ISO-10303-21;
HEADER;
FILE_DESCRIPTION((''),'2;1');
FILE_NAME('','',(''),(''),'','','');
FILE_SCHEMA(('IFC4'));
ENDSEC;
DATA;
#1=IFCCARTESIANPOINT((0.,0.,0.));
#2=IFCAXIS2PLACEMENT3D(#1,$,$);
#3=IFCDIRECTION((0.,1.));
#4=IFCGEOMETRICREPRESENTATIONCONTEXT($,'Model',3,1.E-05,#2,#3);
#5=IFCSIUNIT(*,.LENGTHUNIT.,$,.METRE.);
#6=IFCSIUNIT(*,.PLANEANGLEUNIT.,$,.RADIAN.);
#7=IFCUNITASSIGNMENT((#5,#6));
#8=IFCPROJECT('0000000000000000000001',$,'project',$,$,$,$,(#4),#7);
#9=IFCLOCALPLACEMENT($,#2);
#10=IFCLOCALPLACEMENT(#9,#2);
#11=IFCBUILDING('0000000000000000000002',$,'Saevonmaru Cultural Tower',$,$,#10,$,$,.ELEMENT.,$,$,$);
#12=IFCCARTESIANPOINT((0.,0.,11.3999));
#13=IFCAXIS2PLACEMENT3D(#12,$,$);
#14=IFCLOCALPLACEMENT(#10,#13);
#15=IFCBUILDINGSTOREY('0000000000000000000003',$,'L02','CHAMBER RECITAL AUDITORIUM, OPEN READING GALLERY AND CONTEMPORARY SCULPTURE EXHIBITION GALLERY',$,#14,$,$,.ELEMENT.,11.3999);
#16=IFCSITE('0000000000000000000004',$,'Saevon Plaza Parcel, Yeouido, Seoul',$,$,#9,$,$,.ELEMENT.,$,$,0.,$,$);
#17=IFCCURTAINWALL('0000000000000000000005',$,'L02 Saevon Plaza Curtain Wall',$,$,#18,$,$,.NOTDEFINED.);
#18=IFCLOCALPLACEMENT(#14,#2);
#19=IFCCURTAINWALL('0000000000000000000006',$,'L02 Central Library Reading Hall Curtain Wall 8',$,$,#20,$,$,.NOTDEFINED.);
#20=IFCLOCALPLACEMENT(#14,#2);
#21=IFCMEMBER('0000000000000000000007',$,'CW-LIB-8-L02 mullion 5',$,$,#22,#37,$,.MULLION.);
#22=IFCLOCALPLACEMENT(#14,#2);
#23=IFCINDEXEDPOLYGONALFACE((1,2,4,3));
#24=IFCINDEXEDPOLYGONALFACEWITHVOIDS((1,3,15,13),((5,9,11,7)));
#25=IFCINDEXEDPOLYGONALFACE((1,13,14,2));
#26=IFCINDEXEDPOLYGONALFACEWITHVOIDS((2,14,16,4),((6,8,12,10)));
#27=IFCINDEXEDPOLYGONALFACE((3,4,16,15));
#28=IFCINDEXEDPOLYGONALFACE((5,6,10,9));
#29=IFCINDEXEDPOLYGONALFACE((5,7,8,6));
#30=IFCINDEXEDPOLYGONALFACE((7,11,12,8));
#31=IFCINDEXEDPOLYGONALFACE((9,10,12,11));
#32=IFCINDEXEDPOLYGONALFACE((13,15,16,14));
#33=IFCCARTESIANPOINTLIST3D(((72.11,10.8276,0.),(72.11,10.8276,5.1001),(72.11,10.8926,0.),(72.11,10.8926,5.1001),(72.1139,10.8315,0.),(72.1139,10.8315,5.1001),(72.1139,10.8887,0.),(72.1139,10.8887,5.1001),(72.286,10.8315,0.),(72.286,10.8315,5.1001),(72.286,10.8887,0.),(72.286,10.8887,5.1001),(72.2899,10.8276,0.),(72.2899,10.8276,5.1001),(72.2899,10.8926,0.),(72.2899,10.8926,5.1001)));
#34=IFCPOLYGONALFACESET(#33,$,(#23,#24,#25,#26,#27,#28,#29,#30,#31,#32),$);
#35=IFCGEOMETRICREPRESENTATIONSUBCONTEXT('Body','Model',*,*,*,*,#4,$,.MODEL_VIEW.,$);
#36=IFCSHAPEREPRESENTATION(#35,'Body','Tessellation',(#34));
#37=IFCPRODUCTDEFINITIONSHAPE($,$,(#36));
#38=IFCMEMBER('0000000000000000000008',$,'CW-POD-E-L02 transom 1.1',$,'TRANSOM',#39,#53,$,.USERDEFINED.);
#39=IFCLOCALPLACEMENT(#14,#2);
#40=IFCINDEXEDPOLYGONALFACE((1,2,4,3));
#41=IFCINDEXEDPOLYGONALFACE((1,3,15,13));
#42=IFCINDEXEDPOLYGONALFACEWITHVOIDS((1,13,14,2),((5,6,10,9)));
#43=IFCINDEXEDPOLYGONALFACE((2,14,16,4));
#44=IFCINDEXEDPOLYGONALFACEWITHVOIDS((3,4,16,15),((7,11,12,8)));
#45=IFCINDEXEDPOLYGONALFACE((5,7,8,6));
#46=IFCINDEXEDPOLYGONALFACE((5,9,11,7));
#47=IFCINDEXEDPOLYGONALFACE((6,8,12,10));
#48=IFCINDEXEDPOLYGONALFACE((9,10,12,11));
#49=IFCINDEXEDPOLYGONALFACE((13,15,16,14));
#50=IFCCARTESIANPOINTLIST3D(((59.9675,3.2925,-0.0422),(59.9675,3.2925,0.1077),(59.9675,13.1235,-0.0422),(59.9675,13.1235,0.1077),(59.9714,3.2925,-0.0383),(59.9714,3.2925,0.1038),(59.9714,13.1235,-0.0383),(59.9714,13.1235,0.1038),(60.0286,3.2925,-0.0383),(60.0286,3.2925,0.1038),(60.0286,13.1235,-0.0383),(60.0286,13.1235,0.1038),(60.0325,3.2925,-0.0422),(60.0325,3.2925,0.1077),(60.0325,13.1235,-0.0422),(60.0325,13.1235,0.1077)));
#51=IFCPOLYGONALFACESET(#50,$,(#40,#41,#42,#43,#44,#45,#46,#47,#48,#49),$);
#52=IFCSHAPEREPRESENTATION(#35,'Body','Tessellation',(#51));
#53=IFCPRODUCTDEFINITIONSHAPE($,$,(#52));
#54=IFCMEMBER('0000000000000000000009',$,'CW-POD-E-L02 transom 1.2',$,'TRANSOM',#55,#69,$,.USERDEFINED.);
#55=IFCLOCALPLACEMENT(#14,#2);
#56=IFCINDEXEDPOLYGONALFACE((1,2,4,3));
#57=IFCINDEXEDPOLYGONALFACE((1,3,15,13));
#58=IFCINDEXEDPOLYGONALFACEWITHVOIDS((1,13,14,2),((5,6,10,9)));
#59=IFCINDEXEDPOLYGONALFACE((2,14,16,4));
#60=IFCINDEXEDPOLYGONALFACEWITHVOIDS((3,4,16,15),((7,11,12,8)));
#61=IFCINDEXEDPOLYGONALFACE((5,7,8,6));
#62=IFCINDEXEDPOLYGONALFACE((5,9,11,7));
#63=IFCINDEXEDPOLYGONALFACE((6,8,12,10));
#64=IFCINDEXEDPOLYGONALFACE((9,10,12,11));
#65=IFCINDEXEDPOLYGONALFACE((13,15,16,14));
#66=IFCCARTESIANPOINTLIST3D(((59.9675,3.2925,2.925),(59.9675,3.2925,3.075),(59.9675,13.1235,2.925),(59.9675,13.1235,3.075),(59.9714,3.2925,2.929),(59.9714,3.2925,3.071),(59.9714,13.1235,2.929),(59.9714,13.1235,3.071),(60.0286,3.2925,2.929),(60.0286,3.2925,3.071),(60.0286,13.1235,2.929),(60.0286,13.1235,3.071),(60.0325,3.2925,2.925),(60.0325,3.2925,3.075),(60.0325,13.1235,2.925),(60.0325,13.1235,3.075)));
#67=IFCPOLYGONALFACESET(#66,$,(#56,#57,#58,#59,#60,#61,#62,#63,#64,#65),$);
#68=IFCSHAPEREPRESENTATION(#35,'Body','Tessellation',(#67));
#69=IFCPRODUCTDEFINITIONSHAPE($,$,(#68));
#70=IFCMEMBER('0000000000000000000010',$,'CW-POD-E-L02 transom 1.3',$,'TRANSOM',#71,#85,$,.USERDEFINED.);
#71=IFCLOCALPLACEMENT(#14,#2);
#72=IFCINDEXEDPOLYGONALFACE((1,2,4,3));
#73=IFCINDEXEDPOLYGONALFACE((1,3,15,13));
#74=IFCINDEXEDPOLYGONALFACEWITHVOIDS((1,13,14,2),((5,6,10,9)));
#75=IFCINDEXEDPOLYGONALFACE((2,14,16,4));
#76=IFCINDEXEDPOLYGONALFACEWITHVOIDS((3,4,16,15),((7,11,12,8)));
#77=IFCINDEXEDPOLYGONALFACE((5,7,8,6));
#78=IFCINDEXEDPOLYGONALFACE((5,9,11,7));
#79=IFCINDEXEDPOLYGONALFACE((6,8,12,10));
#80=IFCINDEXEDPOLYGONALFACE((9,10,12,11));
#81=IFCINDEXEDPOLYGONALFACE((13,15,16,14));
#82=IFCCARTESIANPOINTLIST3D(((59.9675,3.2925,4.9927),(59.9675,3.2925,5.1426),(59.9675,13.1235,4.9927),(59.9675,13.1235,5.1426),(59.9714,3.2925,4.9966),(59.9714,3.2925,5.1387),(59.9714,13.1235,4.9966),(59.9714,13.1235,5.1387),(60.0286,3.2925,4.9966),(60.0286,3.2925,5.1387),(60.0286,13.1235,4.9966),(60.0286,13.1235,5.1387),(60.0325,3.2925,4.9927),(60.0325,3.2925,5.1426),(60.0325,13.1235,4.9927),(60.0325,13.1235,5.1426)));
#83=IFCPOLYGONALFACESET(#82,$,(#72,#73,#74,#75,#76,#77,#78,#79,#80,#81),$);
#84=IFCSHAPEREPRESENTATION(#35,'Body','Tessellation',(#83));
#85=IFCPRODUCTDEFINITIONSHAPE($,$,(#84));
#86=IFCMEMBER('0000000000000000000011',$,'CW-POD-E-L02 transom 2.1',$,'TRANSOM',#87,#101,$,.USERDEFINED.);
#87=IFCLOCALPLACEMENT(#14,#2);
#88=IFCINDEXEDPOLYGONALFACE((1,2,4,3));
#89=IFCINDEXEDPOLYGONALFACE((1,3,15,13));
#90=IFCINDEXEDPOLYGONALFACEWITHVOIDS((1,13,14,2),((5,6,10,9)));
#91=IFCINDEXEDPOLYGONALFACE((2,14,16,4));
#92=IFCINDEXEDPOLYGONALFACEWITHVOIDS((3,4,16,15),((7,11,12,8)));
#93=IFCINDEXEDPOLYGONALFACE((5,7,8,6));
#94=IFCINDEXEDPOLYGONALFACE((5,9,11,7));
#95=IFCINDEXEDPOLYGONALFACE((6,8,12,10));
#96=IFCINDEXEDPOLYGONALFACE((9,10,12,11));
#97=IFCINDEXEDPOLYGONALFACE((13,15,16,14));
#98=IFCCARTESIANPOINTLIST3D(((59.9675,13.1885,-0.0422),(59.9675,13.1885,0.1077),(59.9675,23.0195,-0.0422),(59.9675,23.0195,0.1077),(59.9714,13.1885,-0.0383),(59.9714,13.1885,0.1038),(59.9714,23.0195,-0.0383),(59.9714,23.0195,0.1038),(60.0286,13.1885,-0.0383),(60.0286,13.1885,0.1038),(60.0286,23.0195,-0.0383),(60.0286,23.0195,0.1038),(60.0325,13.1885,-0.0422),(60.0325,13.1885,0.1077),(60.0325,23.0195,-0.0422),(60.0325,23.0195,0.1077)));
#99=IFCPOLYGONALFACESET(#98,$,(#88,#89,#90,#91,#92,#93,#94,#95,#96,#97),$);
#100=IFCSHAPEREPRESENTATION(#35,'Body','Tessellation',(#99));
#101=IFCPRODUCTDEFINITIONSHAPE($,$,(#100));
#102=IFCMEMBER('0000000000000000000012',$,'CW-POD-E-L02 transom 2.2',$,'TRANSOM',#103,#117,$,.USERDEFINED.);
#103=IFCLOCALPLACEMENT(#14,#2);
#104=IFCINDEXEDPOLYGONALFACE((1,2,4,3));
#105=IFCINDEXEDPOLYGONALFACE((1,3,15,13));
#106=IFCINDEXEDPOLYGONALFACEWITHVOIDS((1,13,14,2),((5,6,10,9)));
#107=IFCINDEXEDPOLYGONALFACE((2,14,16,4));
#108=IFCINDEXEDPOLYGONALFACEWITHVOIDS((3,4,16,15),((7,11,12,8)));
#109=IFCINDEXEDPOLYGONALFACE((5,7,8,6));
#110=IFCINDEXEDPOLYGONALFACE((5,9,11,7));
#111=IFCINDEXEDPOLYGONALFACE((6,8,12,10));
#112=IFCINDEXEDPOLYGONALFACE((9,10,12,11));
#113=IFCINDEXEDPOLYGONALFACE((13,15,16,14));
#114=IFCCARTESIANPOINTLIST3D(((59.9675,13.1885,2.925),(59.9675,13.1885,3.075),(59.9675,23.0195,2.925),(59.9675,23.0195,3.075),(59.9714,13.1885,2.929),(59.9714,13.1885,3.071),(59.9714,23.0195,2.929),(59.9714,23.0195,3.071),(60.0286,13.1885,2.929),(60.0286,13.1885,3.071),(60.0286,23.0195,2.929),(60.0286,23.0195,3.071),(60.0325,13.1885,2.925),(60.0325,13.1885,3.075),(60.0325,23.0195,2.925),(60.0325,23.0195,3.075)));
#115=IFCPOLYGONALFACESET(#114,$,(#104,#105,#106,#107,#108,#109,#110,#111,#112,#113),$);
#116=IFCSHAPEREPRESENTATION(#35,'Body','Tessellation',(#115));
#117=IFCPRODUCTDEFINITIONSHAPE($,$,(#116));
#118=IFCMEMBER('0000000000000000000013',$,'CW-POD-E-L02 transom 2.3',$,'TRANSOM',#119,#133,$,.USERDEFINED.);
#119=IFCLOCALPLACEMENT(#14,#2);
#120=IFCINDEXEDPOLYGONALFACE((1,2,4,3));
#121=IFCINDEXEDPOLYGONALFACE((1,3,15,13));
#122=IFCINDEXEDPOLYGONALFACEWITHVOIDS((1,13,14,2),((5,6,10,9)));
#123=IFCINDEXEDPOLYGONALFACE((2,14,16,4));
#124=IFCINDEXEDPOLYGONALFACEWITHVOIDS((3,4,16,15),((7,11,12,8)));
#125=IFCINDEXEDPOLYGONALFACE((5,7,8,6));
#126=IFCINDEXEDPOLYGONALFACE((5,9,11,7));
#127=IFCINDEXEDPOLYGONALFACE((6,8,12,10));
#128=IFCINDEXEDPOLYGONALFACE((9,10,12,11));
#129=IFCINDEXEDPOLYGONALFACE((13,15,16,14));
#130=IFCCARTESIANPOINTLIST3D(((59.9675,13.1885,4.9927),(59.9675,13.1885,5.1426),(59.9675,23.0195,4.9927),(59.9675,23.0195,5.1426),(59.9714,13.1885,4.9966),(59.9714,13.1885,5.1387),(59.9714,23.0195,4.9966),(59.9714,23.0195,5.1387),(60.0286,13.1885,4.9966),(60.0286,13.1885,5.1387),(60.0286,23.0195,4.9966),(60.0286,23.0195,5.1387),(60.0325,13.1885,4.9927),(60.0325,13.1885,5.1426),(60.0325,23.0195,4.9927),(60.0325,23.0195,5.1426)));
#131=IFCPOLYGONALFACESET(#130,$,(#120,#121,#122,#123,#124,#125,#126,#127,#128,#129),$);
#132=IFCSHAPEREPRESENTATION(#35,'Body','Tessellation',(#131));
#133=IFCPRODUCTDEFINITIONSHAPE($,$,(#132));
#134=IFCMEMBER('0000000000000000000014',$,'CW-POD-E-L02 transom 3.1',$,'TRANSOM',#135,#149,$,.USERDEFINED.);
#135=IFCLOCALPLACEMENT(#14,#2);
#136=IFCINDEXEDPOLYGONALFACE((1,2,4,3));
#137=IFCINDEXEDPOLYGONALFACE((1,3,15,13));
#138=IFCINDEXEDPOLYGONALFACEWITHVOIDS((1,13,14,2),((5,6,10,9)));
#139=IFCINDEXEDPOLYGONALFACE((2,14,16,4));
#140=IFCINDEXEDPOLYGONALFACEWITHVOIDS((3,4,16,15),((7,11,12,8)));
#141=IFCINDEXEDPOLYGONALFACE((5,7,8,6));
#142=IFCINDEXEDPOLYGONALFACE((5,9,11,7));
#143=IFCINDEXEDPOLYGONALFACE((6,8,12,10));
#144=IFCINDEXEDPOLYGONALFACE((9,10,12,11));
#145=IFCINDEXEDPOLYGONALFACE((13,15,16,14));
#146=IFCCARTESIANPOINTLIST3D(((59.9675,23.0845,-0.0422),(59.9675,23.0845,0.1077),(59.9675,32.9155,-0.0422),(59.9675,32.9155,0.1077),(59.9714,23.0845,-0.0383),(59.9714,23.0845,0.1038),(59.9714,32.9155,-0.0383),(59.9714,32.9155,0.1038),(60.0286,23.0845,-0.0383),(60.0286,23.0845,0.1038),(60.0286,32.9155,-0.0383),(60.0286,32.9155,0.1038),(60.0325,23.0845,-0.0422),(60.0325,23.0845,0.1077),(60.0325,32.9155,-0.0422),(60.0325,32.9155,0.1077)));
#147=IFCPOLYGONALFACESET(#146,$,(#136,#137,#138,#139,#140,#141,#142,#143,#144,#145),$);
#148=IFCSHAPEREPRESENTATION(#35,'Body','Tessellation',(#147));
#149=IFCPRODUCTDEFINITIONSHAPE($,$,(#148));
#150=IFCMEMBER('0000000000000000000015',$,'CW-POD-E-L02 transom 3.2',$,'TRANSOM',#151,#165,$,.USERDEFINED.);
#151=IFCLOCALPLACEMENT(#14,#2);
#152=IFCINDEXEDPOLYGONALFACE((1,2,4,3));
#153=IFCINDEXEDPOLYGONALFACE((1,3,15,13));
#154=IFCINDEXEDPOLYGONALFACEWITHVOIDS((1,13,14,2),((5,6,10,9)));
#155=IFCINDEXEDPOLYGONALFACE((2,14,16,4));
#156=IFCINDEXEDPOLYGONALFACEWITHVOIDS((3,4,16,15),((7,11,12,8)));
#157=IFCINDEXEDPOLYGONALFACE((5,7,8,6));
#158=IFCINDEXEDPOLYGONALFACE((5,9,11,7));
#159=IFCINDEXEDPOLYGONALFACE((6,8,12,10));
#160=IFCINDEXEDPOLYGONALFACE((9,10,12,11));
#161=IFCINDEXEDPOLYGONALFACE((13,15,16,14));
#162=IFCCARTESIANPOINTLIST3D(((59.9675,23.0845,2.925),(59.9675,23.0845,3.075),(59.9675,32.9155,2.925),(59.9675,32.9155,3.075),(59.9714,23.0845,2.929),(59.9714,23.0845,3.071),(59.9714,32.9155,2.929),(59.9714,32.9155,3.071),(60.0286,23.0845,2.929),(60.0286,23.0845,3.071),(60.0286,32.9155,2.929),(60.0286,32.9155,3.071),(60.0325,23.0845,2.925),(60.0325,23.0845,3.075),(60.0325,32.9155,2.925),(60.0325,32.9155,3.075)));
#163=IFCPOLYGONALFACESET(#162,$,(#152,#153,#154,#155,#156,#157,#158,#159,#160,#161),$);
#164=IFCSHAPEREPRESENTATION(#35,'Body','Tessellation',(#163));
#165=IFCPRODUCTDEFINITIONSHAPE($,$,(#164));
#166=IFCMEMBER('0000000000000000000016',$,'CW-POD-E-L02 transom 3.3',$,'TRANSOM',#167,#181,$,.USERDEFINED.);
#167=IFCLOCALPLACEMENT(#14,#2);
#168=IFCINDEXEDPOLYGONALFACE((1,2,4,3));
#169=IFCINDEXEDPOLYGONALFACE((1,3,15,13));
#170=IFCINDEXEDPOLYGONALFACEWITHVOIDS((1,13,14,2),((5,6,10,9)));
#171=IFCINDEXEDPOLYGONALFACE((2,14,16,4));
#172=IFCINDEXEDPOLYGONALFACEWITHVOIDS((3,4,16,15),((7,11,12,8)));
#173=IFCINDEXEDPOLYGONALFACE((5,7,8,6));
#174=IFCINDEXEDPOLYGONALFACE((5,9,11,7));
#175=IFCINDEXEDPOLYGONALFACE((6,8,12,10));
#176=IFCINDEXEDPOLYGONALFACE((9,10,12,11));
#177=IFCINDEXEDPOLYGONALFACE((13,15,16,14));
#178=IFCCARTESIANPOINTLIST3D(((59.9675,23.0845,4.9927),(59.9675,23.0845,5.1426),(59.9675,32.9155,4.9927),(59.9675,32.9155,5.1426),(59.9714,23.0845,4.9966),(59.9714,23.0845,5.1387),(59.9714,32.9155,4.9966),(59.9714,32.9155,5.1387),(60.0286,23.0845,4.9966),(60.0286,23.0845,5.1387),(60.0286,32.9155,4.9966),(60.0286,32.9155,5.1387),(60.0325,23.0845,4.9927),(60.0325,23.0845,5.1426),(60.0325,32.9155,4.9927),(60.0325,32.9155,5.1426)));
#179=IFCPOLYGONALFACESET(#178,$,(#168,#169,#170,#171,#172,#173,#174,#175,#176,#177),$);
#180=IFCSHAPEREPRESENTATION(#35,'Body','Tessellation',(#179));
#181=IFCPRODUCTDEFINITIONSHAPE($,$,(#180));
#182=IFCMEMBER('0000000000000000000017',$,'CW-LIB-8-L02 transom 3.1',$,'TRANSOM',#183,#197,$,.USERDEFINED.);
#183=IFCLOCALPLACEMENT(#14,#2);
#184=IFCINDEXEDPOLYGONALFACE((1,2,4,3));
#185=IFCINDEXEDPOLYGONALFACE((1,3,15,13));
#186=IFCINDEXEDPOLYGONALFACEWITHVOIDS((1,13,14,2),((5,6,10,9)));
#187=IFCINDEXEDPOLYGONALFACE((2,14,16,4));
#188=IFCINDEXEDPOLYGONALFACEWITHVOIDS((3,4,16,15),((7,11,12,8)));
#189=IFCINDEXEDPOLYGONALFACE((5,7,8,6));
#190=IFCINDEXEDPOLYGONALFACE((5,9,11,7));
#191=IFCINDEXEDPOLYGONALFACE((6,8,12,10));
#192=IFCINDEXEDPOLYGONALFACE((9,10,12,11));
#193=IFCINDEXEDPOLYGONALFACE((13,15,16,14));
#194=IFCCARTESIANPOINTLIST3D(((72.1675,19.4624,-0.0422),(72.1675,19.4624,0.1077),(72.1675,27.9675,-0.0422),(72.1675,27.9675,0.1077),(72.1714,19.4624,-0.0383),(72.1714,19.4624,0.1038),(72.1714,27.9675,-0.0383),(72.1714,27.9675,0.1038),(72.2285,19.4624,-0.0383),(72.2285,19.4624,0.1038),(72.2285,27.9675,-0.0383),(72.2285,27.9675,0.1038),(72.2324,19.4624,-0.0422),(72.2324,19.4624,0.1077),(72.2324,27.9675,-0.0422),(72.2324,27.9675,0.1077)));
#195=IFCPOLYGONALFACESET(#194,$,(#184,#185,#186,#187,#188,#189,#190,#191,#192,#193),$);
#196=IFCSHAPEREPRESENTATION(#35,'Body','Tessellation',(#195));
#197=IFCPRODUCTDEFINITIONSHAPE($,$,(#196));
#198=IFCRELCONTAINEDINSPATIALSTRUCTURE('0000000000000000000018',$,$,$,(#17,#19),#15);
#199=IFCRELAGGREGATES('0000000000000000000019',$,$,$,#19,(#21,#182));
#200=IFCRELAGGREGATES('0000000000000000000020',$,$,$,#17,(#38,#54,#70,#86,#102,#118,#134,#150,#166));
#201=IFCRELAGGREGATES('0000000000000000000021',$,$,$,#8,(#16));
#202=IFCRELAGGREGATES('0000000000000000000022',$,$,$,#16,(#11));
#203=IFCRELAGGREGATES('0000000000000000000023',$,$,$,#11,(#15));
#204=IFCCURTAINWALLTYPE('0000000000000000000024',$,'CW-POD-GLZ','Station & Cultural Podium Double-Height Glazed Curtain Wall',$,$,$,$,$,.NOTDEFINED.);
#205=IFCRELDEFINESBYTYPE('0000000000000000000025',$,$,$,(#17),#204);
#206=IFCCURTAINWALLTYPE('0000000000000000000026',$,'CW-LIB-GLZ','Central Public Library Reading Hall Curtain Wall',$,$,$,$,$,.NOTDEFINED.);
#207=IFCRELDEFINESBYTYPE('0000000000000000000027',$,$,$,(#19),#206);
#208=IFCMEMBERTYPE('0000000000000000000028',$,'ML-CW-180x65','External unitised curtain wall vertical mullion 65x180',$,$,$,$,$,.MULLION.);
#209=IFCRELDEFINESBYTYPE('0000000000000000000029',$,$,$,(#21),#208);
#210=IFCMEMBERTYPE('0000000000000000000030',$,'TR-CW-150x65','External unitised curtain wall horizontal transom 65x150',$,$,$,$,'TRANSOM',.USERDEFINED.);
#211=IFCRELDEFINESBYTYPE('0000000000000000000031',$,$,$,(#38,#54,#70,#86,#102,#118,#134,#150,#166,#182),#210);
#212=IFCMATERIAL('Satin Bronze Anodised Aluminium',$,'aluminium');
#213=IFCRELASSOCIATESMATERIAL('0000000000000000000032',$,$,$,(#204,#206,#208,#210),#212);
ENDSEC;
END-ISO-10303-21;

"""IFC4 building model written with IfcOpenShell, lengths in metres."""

from ifc_helpers import new_model, si_unit, direction, frame, origin, origin_2d, place, context, subcontext, project, spatial, hollow_rectangle, extrude, material, material_profile, profile_set, type_object, element, aggregate, save


model = new_model("IFC4")

# Units and contexts
model_context = context("Model", 3, precision=1e-05, world=origin(), true_north=direction((0.0, 1.0)))
body_context = subcontext(model_context, "Body", "Model", "MODEL_VIEW")
ifc_project = project(units=[si_unit("LENGTHUNIT", "METRE"), si_unit("PLANEANGLEUNIT", "RADIAN")], contexts=[model_context])

# Site, building, storey
site_placement = place(None, origin())
site = spatial("IfcSite", under=ifc_project, at=site_placement, Name="Saevon Plaza Parcel, Yeouido, Seoul", CompositionType="ELEMENT", RefElevation=0.0)
building_placement = place(site_placement, origin())
building = spatial("IfcBuilding", under=site, at=building_placement, Name="Saevonmaru Cultural Tower", CompositionType="ELEMENT")
storey_placement = place(building_placement, frame((0.0, 0.0, 11.3999)))
storey = spatial("IfcBuildingStorey", under=building, at=storey_placement, Name="L02", Description="CHAMBER RECITAL AUDITORIUM, OPEN READING GALLERY AND CONTEMPORARY SCULPTURE EXHIBITION GALLERY", CompositionType="ELEMENT", Elevation=11.3999)

# Shared definitions
ifc_material_1 = material(Name="Satin Bronze Anodised Aluminium", Category="aluminium")
curtain_wall_type_1 = type_object("IfcCurtainWallType", Name="CW-POD-GLZ", Description="Station & Cultural Podium Double-Height Glazed Curtain Wall", PredefinedType="NOTDEFINED", material=ifc_material_1)
ifc_material_profile_1 = material_profile(ifc_material_1, hollow_rectangle(XDim=0.0649, YDim=0.1799, WallThickness=0.0039, at=origin_2d()), Name="ALU-MULL-180x65x4")
ifc_profile_set_1 = profile_set([ifc_material_profile_1], Name="Satin Bronze Anodised Aluminium")
member_type_1 = type_object("IfcMemberType", Name="ML-CW-180x65", Description="External unitised curtain wall vertical mullion 65x180", PredefinedType="MULLION", material=ifc_profile_set_1)

# Curtain walls, member
curtain_wall_1_placement = place(storey_placement, origin())
curtain_wall_1 = element("IfcCurtainWall", 1, at=curtain_wall_1_placement, inside=storey, type_object=curtain_wall_type_1, Name="L02 Saevon Plaza Curtain Wall", PredefinedType="NOTDEFINED")
curtain_wall_type_2 = type_object("IfcCurtainWallType", Name="CW-LIB-GLZ", Description="Central Public Library Reading Hall Curtain Wall", PredefinedType="NOTDEFINED", material=ifc_material_1)
curtain_wall_2_placement = place(storey_placement, origin())
curtain_wall_2 = element("IfcCurtainWall", 2, at=curtain_wall_2_placement, inside=storey, type_object=curtain_wall_type_2, Name="L02 Central Library Reading Hall Curtain Wall 8", PredefinedType="NOTDEFINED")
member_1_placement = place(storey_placement, frame((72.2, 10.8601, 0.0), z_axis=(0.0, 0.0, 1.0), x_axis=(0.0, -1.0, 0.0)))
member_1 = element("IfcMember", 3, at=member_1_placement, type_object=member_type_1, Name="CW-LIB-8-L02 mullion 5", PredefinedType="MULLION", context=body_context, shape_type="SweptSolid", body=[
    extrude(hollow_rectangle(XDim=0.0649, YDim=0.1799, WallThickness=0.0039, at=origin_2d()), origin(), (0.0, 0.0, 1.0), 5.1001),
])

# Members
ifc_material_profile_2 = material_profile(ifc_material_1, hollow_rectangle(XDim=0.0649, YDim=0.1499, WallThickness=0.0039, at=origin_2d()), Name="ALU-TRAN-150x65x4")
ifc_profile_set_2 = profile_set([ifc_material_profile_2], Name="Satin Bronze Anodised Aluminium")
member_type_2 = type_object("IfcMemberType", Name="TR-CW-150x65", Description="External unitised curtain wall horizontal transom 65x150", ElementType="TRANSOM", PredefinedType="USERDEFINED", material=ifc_profile_set_2)
member_2_placement = place(storey_placement, frame((60.0, 3.2925, 0.0327), z_axis=(0.0, 1.0, 0.0), x_axis=(-1.0, 0.0, 0.0)))
member_2 = element("IfcMember", 4, at=member_2_placement, type_object=member_type_2, Name="CW-POD-E-L02 transom 1.1", ObjectType="TRANSOM", PredefinedType="USERDEFINED", context=body_context, shape_type="SweptSolid", body=[
    extrude(hollow_rectangle(XDim=0.0649, YDim=0.1499, WallThickness=0.0039, at=origin_2d()), origin(), (0.0, 0.0, 1.0), 9.8311),
])
member_3_placement = place(storey_placement, frame((60.0, 3.2925, 3.0), z_axis=(0.0, 1.0, 0.0), x_axis=(-1.0, 0.0, 0.0)))
member_3 = element("IfcMember", 5, at=member_3_placement, type_object=member_type_2, Name="CW-POD-E-L02 transom 1.2", ObjectType="TRANSOM", PredefinedType="USERDEFINED", context=body_context, shape_type="SweptSolid", body=[
    extrude(hollow_rectangle(XDim=0.0649, YDim=0.1499, WallThickness=0.0039, at=origin_2d()), origin(), (0.0, 0.0, 1.0), 9.8311),
])
member_4_placement = place(storey_placement, frame((60.0, 3.2925, 5.0676), z_axis=(0.0, 1.0, 0.0), x_axis=(-1.0, 0.0, 0.0)))
member_4 = element("IfcMember", 6, at=member_4_placement, type_object=member_type_2, Name="CW-POD-E-L02 transom 1.3", ObjectType="TRANSOM", PredefinedType="USERDEFINED", context=body_context, shape_type="SweptSolid", body=[
    extrude(hollow_rectangle(XDim=0.0649, YDim=0.1499, WallThickness=0.0039, at=origin_2d()), origin(), (0.0, 0.0, 1.0), 9.8311),
])
member_5_placement = place(storey_placement, frame((60.0, 13.1885, 0.0327), z_axis=(0.0, 1.0, 0.0), x_axis=(-1.0, 0.0, 0.0)))
member_5 = element("IfcMember", 7, at=member_5_placement, type_object=member_type_2, Name="CW-POD-E-L02 transom 2.1", ObjectType="TRANSOM", PredefinedType="USERDEFINED", context=body_context, shape_type="SweptSolid", body=[
    extrude(hollow_rectangle(XDim=0.0649, YDim=0.1499, WallThickness=0.0039, at=origin_2d()), origin(), (0.0, 0.0, 1.0), 9.8311),
])
member_6_placement = place(storey_placement, frame((60.0, 13.1885, 3.0), z_axis=(0.0, 1.0, 0.0), x_axis=(-1.0, 0.0, 0.0)))
member_6 = element("IfcMember", 8, at=member_6_placement, type_object=member_type_2, Name="CW-POD-E-L02 transom 2.2", ObjectType="TRANSOM", PredefinedType="USERDEFINED", context=body_context, shape_type="SweptSolid", body=[
    extrude(hollow_rectangle(XDim=0.0649, YDim=0.1499, WallThickness=0.0039, at=origin_2d()), origin(), (0.0, 0.0, 1.0), 9.8311),
])
member_7_placement = place(storey_placement, frame((60.0, 13.1885, 5.0676), z_axis=(0.0, 1.0, 0.0), x_axis=(-1.0, 0.0, 0.0)))
member_7 = element("IfcMember", 9, at=member_7_placement, type_object=member_type_2, Name="CW-POD-E-L02 transom 2.3", ObjectType="TRANSOM", PredefinedType="USERDEFINED", context=body_context, shape_type="SweptSolid", body=[
    extrude(hollow_rectangle(XDim=0.0649, YDim=0.1499, WallThickness=0.0039, at=origin_2d()), origin(), (0.0, 0.0, 1.0), 9.8311),
])
member_8_placement = place(storey_placement, frame((60.0, 23.0845, 0.0327), z_axis=(0.0, 1.0, 0.0), x_axis=(-1.0, 0.0, 0.0)))
member_8 = element("IfcMember", 10, at=member_8_placement, type_object=member_type_2, Name="CW-POD-E-L02 transom 3.1", ObjectType="TRANSOM", PredefinedType="USERDEFINED", context=body_context, shape_type="SweptSolid", body=[
    extrude(hollow_rectangle(XDim=0.0649, YDim=0.1499, WallThickness=0.0039, at=origin_2d()), origin(), (0.0, 0.0, 1.0), 9.8311),
])
member_9_placement = place(storey_placement, frame((60.0, 23.0845, 3.0), z_axis=(0.0, 1.0, 0.0), x_axis=(-1.0, 0.0, 0.0)))
member_9 = element("IfcMember", 11, at=member_9_placement, type_object=member_type_2, Name="CW-POD-E-L02 transom 3.2", ObjectType="TRANSOM", PredefinedType="USERDEFINED", context=body_context, shape_type="SweptSolid", body=[
    extrude(hollow_rectangle(XDim=0.0649, YDim=0.1499, WallThickness=0.0039, at=origin_2d()), origin(), (0.0, 0.0, 1.0), 9.8311),
])
member_10_placement = place(storey_placement, frame((60.0, 23.0845, 5.0676), z_axis=(0.0, 1.0, 0.0), x_axis=(-1.0, 0.0, 0.0)))
member_10 = element("IfcMember", 12, at=member_10_placement, type_object=member_type_2, Name="CW-POD-E-L02 transom 3.3", ObjectType="TRANSOM", PredefinedType="USERDEFINED", context=body_context, shape_type="SweptSolid", body=[
    extrude(hollow_rectangle(XDim=0.0649, YDim=0.1499, WallThickness=0.0039, at=origin_2d()), origin(), (0.0, 0.0, 1.0), 9.8311),
])
member_11_placement = place(storey_placement, frame((72.2, 27.9675, 0.0327), z_axis=(0.0, -1.0, 0.0), x_axis=(1.0, 0.0, 0.0)))
member_11 = element("IfcMember", 13, at=member_11_placement, type_object=member_type_2, Name="CW-LIB-8-L02 transom 3.1", ObjectType="TRANSOM", PredefinedType="USERDEFINED", context=body_context, shape_type="SweptSolid", body=[
    extrude(hollow_rectangle(XDim=0.0649, YDim=0.1499, WallThickness=0.0039, at=origin_2d()), origin(), (0.0, 0.0, 1.0), 8.5051),
])
aggregate(curtain_wall_2, [member_1, member_11])

aggregate(curtain_wall_1, [member_2, member_3, member_4, member_5, member_6, member_7, member_8, member_9, member_10])

save(model, "model.ifc")
